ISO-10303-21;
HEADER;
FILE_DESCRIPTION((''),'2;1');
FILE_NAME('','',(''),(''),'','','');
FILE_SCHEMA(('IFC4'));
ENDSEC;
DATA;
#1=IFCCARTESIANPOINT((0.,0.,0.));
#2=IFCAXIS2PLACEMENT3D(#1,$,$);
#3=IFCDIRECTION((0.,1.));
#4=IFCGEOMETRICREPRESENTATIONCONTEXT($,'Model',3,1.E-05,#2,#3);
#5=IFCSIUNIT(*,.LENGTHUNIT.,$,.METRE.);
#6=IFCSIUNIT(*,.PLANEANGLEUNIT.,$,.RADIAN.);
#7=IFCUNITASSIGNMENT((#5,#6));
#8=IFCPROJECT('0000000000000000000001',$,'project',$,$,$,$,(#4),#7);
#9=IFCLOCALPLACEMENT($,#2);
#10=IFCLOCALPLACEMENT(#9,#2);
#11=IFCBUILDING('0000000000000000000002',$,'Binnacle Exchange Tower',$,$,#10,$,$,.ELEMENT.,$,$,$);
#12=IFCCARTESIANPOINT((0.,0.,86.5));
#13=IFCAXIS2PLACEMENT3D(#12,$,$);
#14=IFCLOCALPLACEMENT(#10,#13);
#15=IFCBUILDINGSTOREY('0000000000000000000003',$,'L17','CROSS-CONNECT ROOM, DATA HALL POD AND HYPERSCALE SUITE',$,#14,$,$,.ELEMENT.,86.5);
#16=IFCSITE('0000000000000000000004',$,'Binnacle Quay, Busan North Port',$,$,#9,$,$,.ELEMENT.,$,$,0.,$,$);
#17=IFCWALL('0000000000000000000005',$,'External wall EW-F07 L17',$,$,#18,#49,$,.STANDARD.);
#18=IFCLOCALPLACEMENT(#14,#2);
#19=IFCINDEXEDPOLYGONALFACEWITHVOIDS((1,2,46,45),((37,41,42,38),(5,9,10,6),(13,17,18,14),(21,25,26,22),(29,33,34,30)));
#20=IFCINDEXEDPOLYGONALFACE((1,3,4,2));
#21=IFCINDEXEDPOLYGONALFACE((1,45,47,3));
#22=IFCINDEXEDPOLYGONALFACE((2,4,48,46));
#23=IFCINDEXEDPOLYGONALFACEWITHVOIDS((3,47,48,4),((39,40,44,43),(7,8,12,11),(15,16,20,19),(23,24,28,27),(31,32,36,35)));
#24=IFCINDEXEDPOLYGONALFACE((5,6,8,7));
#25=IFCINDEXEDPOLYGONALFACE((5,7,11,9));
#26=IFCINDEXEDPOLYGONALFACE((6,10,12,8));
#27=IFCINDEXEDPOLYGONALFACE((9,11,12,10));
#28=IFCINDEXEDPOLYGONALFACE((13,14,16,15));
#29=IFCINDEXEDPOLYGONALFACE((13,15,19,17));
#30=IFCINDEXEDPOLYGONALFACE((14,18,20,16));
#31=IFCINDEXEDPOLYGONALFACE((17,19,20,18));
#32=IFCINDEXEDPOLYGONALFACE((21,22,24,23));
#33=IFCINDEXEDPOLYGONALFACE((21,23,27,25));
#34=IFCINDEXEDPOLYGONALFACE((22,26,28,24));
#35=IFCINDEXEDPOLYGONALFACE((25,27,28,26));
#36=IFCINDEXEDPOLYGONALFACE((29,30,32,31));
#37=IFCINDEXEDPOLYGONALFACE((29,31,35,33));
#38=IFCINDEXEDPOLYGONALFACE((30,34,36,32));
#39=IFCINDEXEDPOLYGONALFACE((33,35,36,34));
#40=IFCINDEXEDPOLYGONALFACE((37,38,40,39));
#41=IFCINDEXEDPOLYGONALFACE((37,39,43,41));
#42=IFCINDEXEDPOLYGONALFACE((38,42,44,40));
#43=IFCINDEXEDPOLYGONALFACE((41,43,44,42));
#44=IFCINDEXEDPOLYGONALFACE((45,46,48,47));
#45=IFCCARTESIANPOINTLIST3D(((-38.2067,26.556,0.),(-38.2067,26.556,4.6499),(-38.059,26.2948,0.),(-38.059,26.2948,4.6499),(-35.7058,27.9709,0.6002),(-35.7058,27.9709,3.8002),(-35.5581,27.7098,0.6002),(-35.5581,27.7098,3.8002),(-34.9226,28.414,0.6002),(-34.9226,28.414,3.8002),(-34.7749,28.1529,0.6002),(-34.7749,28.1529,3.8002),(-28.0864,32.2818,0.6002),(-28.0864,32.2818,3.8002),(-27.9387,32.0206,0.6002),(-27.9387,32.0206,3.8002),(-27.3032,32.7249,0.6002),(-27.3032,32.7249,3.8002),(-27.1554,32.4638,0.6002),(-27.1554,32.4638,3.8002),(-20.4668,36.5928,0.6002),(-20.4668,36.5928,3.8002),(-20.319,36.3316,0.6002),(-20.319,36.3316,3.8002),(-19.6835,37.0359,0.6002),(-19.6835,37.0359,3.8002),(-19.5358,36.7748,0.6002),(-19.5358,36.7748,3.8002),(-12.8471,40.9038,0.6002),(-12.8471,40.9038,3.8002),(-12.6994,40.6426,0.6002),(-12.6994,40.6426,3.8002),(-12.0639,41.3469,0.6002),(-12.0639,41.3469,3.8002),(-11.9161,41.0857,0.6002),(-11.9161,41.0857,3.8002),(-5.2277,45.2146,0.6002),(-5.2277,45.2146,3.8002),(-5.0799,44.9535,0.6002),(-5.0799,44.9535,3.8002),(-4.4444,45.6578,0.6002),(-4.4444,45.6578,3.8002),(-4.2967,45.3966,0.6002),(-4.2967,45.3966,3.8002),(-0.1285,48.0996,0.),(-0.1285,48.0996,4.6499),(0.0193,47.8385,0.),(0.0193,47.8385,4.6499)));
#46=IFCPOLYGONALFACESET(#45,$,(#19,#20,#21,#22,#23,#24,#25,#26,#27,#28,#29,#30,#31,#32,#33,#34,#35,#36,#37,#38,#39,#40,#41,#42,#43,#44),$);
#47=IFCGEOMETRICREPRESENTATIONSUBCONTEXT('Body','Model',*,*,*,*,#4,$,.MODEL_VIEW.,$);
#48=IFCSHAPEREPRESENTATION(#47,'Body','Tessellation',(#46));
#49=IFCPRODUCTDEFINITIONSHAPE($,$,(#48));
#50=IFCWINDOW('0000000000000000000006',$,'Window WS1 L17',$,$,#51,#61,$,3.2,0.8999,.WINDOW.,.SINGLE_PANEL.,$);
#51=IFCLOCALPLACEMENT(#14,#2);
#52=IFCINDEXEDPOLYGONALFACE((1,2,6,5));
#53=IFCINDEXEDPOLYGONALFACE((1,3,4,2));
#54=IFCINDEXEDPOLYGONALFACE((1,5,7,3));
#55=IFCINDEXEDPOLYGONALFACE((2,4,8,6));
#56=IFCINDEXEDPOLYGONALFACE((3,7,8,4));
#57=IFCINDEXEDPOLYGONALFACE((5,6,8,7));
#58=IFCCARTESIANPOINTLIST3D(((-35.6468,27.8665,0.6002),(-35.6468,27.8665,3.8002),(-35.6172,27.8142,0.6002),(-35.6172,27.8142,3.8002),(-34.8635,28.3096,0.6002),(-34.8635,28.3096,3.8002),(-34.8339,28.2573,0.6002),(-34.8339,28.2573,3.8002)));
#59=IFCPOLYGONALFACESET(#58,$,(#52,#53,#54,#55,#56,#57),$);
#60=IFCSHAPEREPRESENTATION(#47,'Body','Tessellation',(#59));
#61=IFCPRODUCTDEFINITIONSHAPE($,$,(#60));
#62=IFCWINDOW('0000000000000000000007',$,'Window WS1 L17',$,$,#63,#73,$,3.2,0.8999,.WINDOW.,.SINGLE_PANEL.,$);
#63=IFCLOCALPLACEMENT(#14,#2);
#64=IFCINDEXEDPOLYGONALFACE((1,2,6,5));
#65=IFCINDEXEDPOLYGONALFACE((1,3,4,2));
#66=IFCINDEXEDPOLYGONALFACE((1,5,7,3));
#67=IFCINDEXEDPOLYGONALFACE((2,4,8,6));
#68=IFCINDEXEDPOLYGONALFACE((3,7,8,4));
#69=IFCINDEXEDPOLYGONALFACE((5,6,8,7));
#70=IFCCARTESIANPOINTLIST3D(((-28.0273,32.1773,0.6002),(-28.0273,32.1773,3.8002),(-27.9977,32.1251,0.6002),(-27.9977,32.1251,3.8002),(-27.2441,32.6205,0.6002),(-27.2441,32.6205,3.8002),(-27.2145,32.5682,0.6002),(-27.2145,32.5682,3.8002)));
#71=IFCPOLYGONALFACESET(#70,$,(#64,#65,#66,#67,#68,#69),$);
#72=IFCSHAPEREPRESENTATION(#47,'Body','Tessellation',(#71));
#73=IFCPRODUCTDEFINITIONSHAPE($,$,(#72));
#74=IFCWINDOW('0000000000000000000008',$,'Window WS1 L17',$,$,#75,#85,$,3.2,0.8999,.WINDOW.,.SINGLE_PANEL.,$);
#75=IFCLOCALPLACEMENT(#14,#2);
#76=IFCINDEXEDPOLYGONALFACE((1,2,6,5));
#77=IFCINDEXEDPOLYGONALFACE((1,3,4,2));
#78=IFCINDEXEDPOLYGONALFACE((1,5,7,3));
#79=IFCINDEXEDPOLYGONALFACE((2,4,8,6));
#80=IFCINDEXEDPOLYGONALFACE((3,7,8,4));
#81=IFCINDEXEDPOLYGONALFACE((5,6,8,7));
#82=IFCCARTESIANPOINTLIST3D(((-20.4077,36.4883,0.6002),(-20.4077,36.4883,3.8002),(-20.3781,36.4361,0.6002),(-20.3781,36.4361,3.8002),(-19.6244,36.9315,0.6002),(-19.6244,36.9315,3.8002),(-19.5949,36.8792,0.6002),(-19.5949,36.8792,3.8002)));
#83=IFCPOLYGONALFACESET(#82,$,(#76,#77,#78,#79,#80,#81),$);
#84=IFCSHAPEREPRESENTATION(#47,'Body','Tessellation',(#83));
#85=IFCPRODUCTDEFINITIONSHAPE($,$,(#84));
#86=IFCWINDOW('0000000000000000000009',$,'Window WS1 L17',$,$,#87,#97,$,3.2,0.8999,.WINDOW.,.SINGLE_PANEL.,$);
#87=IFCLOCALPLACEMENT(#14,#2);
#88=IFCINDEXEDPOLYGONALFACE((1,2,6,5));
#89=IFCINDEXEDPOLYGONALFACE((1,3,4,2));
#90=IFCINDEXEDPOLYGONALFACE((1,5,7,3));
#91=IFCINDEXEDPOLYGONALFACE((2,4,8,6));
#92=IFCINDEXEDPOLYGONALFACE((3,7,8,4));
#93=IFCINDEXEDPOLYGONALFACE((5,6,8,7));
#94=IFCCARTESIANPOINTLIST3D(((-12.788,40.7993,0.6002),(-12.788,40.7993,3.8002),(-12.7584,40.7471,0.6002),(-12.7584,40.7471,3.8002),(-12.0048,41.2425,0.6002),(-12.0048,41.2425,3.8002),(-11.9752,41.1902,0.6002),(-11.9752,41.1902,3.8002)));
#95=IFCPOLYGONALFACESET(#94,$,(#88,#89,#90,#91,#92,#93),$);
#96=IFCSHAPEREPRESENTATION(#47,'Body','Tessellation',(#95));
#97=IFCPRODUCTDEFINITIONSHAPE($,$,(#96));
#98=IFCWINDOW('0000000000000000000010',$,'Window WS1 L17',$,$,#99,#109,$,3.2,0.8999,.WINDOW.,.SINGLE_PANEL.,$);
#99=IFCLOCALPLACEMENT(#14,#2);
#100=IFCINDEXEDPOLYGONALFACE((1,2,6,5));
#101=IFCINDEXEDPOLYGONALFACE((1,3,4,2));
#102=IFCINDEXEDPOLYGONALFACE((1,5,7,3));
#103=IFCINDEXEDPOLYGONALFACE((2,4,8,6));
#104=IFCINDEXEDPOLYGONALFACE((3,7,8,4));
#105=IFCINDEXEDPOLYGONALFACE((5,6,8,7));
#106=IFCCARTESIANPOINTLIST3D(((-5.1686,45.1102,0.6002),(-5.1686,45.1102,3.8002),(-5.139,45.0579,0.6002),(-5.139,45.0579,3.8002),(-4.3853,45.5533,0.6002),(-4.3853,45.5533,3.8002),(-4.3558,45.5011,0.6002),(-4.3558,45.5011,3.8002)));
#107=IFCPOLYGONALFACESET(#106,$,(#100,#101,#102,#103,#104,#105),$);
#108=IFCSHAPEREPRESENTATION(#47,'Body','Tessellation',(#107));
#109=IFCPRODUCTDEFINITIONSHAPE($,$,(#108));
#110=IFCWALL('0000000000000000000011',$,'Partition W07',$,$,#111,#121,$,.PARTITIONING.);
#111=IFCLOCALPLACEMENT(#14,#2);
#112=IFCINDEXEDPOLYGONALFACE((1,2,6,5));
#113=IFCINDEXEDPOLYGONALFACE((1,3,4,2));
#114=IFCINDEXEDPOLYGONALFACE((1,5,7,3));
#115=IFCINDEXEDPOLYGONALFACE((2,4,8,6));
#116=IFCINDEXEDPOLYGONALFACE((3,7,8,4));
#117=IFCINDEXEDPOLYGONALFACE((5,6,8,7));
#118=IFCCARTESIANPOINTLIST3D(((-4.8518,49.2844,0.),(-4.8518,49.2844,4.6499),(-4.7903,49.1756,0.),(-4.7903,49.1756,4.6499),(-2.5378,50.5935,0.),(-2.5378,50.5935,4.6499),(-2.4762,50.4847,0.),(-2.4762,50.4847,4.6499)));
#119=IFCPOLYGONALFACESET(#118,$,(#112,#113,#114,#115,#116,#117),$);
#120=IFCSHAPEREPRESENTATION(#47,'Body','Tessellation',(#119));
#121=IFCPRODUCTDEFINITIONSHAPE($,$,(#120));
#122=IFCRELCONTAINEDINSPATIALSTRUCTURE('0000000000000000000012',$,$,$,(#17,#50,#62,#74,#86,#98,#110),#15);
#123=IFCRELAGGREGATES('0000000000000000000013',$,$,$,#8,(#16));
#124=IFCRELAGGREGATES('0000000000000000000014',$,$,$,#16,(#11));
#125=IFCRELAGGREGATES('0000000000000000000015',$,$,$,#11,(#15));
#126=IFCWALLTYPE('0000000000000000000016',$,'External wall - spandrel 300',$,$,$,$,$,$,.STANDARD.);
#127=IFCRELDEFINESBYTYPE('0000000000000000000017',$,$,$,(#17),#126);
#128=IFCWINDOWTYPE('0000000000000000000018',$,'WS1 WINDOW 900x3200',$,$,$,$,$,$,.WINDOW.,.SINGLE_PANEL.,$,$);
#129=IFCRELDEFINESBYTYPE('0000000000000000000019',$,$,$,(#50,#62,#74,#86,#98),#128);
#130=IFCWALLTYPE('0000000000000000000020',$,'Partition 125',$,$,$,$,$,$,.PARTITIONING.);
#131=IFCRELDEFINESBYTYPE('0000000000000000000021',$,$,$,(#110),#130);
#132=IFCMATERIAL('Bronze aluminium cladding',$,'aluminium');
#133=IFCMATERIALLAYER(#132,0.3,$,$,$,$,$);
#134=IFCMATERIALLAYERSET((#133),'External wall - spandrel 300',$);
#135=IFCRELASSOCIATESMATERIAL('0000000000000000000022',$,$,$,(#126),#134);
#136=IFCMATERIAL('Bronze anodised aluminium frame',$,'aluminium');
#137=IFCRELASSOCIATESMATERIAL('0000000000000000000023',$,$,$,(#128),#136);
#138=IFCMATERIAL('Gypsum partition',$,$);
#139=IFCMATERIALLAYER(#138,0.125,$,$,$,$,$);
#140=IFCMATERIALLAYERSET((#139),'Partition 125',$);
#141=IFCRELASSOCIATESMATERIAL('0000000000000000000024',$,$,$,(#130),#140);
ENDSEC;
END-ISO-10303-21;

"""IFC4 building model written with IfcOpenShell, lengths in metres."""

from ifc_helpers import new_model, si_unit, direction, frame, frame_2d, origin, place, context, subcontext, project, spatial, rectangle, extrude, material, layer, layer_set, type_object, element, fill, save


model = new_model("IFC4")

# Units and contexts
model_context = context("Model", 3, precision=1e-05, world=origin(), true_north=direction((0.0, 1.0)))
body_context = subcontext(model_context, "Body", "Model", "MODEL_VIEW")
ifc_project = project(units=[si_unit("LENGTHUNIT", "METRE"), si_unit("PLANEANGLEUNIT", "RADIAN")], contexts=[model_context])

# Site, building, storey
site_placement = place(None, origin())
site = spatial("IfcSite", under=ifc_project, at=site_placement, Name="Binnacle Quay, Busan North Port", CompositionType="ELEMENT", RefElevation=0.0)
building_placement = place(site_placement, origin())
building = spatial("IfcBuilding", under=site, at=building_placement, Name="Binnacle Exchange Tower", CompositionType="ELEMENT")
storey_placement = place(building_placement, frame((0.0, 0.0, 86.5)))
storey = spatial("IfcBuildingStorey", under=building, at=storey_placement, Name="L17", Description="CROSS-CONNECT ROOM, DATA HALL POD AND HYPERSCALE SUITE", CompositionType="ELEMENT", Elevation=86.5)

# Wall, openings, windows
ifc_material_1 = material(Name="Bronze aluminium cladding", Category="aluminium")
ifc_layer_1 = layer(ifc_material_1, 0.3)
ifc_layer_set_1 = layer_set([ifc_layer_1], Name="External wall - spandrel 300")
wall_type_1 = type_object("IfcWallType", Name="External wall - spandrel 300", PredefinedType="STANDARD", material=ifc_layer_set_1)
wall_1_placement = place(storey_placement, frame((-0.0547, 47.969, 0.0), z_axis=(0.0, 0.0, 1.0), x_axis=(-0.870356, -0.492423, 0.0)))
wall_1 = element("IfcWall", 1, at=wall_1_placement, inside=storey, type_object=wall_type_1, Name="External wall EW-F07 L17", PredefinedType="STANDARD", context=body_context, shape_type="SweptSolid", body=[
    extrude(rectangle(XDim=43.7502, YDim=0.3, at=frame_2d((21.875, 0.0))), origin(), (0.0, 0.0, 1.0), 4.6499),
])
opening_1_placement = place(wall_1_placement, frame((39.9768, 0.0, 0.6001)))
opening_1 = element("IfcOpeningElement", 2, at=opening_1_placement, cuts=wall_1, PredefinedType="OPENING", context=body_context, shape_type="SweptSolid", body=[
    extrude(rectangle(XDim=0.8999, YDim=3.2, at=frame_2d((0.45, 1.6001))), frame((0.0, 0.1599, 0.0), z_axis=(0.0, -1.0, 0.0), x_axis=(1.0, 0.0, 0.0)), (0.0, 0.0, 1.0), 0.3201),
])
opening_2_placement = place(wall_1_placement, frame((31.2224, 0.0, 0.6001)))
opening_2 = element("IfcOpeningElement", 3, at=opening_2_placement, cuts=wall_1, PredefinedType="OPENING", context=body_context, shape_type="SweptSolid", body=[
    extrude(rectangle(XDim=0.8999, YDim=3.2, at=frame_2d((0.45, 1.6001))), frame((0.0, 0.1599, 0.0), z_axis=(0.0, -1.0, 0.0), x_axis=(1.0, 0.0, 0.0)), (0.0, 0.0, 1.0), 0.3201),
])
opening_3_placement = place(wall_1_placement, frame((22.4678, 0.0, 0.6001)))
opening_3 = element("IfcOpeningElement", 4, at=opening_3_placement, cuts=wall_1, PredefinedType="OPENING", context=body_context, shape_type="SweptSolid", body=[
    extrude(rectangle(XDim=0.8999, YDim=3.2, at=frame_2d((0.45, 1.6001))), frame((0.0, 0.1599, 0.0), z_axis=(0.0, -1.0, 0.0), x_axis=(1.0, 0.0, 0.0)), (0.0, 0.0, 1.0), 0.3201),
])
opening_4_placement = place(wall_1_placement, frame((13.7131, 0.0, 0.6001)))
opening_4 = element("IfcOpeningElement", 5, at=opening_4_placement, cuts=wall_1, PredefinedType="OPENING", context=body_context, shape_type="SweptSolid", body=[
    extrude(rectangle(XDim=0.8999, YDim=3.2, at=frame_2d((0.45, 1.6001))), frame((0.0, 0.1599, 0.0), z_axis=(0.0, -1.0, 0.0), x_axis=(1.0, 0.0, 0.0)), (0.0, 0.0, 1.0), 0.3201),
])
opening_5_placement = place(wall_1_placement, frame((4.9587, 0.0, 0.6001)))
opening_5 = element("IfcOpeningElement", 6, at=opening_5_placement, cuts=wall_1, PredefinedType="OPENING", context=body_context, shape_type="SweptSolid", body=[
    extrude(rectangle(XDim=0.8999, YDim=3.2, at=frame_2d((0.45, 1.6001))), frame((0.0, 0.1599, 0.0), z_axis=(0.0, -1.0, 0.0), x_axis=(1.0, 0.0, 0.0)), (0.0, 0.0, 1.0), 0.3201),
])
ifc_material_2 = material(Name="Bronze anodised aluminium frame", Category="aluminium")
window_type = type_object("IfcWindowType", Name="WS1 WINDOW 900x3200", PartitioningType="SINGLE_PANEL", PredefinedType="WINDOW", material=ifc_material_2)
window_1_placement = place(opening_1_placement, origin())
window_1 = element("IfcWindow", 7, at=window_1_placement, inside=storey, type_object=window_type, Name="Window WS1 L17", OverallHeight=3.2, OverallWidth=0.8999, PartitioningType="SINGLE_PANEL", PredefinedType="WINDOW", context=body_context, shape_type="SweptSolid", body=[
    extrude(rectangle(XDim=0.8999, YDim=3.2, at=frame_2d((0.45, 1.6001))), frame((0.0, 0.03, 0.0), z_axis=(0.0, -1.0, 0.0), x_axis=(1.0, 0.0, 0.0)), (0.0, 0.0, 1.0), 0.0601),
])
fill(opening_1, window_1)
window_2_placement = place(opening_2_placement, origin())
window_2 = element("IfcWindow", 8, at=window_2_placement, inside=storey, type_object=window_type, Name="Window WS1 L17", OverallHeight=3.2, OverallWidth=0.8999, PartitioningType="SINGLE_PANEL", PredefinedType="WINDOW", context=body_context, shape_type="SweptSolid", body=[
    extrude(rectangle(XDim=0.8999, YDim=3.2, at=frame_2d((0.45, 1.6001))), frame((0.0, 0.03, 0.0), z_axis=(0.0, -1.0, 0.0), x_axis=(1.0, 0.0, 0.0)), (0.0, 0.0, 1.0), 0.0601),
])
fill(opening_2, window_2)
window_3_placement = place(opening_3_placement, origin())
window_3 = element("IfcWindow", 9, at=window_3_placement, inside=storey, type_object=window_type, Name="Window WS1 L17", OverallHeight=3.2, OverallWidth=0.8999, PartitioningType="SINGLE_PANEL", PredefinedType="WINDOW", context=body_context, shape_type="SweptSolid", body=[
    extrude(rectangle(XDim=0.8999, YDim=3.2, at=frame_2d((0.45, 1.6001))), frame((0.0, 0.03, 0.0), z_axis=(0.0, -1.0, 0.0), x_axis=(1.0, 0.0, 0.0)), (0.0, 0.0, 1.0), 0.0601),
])
fill(opening_3, window_3)
window_4_placement = place(opening_4_placement, origin())
window_4 = element("IfcWindow", 10, at=window_4_placement, inside=storey, type_object=window_type, Name="Window WS1 L17", OverallHeight=3.2, OverallWidth=0.8999, PartitioningType="SINGLE_PANEL", PredefinedType="WINDOW", context=body_context, shape_type="SweptSolid", body=[
    extrude(rectangle(XDim=0.8999, YDim=3.2, at=frame_2d((0.45, 1.6001))), frame((0.0, 0.03, 0.0), z_axis=(0.0, -1.0, 0.0), x_axis=(1.0, 0.0, 0.0)), (0.0, 0.0, 1.0), 0.0601),
])
fill(opening_4, window_4)
window_5_placement = place(opening_5_placement, origin())
window_5 = element("IfcWindow", 11, at=window_5_placement, inside=storey, type_object=window_type, Name="Window WS1 L17", OverallHeight=3.2, OverallWidth=0.8999, PartitioningType="SINGLE_PANEL", PredefinedType="WINDOW", context=body_context, shape_type="SweptSolid", body=[
    extrude(rectangle(XDim=0.8999, YDim=3.2, at=frame_2d((0.45, 1.6001))), frame((0.0, 0.03, 0.0), z_axis=(0.0, -1.0, 0.0), x_axis=(1.0, 0.0, 0.0)), (0.0, 0.0, 1.0), 0.0601),
])
fill(opening_5, window_5)

# Wall
ifc_material_3 = material(Name="Gypsum partition")
ifc_layer_2 = layer(ifc_material_3, 0.125)
ifc_layer_set_2 = layer_set([ifc_layer_2], Name="Partition 125")
wall_type_2 = type_object("IfcWallType", Name="Partition 125", PredefinedType="PARTITIONING", material=ifc_layer_set_2)
wall_2_placement = place(storey_placement, frame((-4.821, 49.23, 0.0), z_axis=(0.0, 0.0, 1.0), x_axis=(0.870371, 0.492396, 0.0)))
element("IfcWall", 12, at=wall_2_placement, inside=storey, type_object=wall_type_2, Name="Partition W07", PredefinedType="PARTITIONING", context=body_context, shape_type="SweptSolid", body=[
    extrude(rectangle(XDim=2.6587, YDim=0.125, at=frame_2d((1.3293, 0.0))), origin(), (0.0, 0.0, 1.0), 4.6499),
])

save(model, "model.ifc")
